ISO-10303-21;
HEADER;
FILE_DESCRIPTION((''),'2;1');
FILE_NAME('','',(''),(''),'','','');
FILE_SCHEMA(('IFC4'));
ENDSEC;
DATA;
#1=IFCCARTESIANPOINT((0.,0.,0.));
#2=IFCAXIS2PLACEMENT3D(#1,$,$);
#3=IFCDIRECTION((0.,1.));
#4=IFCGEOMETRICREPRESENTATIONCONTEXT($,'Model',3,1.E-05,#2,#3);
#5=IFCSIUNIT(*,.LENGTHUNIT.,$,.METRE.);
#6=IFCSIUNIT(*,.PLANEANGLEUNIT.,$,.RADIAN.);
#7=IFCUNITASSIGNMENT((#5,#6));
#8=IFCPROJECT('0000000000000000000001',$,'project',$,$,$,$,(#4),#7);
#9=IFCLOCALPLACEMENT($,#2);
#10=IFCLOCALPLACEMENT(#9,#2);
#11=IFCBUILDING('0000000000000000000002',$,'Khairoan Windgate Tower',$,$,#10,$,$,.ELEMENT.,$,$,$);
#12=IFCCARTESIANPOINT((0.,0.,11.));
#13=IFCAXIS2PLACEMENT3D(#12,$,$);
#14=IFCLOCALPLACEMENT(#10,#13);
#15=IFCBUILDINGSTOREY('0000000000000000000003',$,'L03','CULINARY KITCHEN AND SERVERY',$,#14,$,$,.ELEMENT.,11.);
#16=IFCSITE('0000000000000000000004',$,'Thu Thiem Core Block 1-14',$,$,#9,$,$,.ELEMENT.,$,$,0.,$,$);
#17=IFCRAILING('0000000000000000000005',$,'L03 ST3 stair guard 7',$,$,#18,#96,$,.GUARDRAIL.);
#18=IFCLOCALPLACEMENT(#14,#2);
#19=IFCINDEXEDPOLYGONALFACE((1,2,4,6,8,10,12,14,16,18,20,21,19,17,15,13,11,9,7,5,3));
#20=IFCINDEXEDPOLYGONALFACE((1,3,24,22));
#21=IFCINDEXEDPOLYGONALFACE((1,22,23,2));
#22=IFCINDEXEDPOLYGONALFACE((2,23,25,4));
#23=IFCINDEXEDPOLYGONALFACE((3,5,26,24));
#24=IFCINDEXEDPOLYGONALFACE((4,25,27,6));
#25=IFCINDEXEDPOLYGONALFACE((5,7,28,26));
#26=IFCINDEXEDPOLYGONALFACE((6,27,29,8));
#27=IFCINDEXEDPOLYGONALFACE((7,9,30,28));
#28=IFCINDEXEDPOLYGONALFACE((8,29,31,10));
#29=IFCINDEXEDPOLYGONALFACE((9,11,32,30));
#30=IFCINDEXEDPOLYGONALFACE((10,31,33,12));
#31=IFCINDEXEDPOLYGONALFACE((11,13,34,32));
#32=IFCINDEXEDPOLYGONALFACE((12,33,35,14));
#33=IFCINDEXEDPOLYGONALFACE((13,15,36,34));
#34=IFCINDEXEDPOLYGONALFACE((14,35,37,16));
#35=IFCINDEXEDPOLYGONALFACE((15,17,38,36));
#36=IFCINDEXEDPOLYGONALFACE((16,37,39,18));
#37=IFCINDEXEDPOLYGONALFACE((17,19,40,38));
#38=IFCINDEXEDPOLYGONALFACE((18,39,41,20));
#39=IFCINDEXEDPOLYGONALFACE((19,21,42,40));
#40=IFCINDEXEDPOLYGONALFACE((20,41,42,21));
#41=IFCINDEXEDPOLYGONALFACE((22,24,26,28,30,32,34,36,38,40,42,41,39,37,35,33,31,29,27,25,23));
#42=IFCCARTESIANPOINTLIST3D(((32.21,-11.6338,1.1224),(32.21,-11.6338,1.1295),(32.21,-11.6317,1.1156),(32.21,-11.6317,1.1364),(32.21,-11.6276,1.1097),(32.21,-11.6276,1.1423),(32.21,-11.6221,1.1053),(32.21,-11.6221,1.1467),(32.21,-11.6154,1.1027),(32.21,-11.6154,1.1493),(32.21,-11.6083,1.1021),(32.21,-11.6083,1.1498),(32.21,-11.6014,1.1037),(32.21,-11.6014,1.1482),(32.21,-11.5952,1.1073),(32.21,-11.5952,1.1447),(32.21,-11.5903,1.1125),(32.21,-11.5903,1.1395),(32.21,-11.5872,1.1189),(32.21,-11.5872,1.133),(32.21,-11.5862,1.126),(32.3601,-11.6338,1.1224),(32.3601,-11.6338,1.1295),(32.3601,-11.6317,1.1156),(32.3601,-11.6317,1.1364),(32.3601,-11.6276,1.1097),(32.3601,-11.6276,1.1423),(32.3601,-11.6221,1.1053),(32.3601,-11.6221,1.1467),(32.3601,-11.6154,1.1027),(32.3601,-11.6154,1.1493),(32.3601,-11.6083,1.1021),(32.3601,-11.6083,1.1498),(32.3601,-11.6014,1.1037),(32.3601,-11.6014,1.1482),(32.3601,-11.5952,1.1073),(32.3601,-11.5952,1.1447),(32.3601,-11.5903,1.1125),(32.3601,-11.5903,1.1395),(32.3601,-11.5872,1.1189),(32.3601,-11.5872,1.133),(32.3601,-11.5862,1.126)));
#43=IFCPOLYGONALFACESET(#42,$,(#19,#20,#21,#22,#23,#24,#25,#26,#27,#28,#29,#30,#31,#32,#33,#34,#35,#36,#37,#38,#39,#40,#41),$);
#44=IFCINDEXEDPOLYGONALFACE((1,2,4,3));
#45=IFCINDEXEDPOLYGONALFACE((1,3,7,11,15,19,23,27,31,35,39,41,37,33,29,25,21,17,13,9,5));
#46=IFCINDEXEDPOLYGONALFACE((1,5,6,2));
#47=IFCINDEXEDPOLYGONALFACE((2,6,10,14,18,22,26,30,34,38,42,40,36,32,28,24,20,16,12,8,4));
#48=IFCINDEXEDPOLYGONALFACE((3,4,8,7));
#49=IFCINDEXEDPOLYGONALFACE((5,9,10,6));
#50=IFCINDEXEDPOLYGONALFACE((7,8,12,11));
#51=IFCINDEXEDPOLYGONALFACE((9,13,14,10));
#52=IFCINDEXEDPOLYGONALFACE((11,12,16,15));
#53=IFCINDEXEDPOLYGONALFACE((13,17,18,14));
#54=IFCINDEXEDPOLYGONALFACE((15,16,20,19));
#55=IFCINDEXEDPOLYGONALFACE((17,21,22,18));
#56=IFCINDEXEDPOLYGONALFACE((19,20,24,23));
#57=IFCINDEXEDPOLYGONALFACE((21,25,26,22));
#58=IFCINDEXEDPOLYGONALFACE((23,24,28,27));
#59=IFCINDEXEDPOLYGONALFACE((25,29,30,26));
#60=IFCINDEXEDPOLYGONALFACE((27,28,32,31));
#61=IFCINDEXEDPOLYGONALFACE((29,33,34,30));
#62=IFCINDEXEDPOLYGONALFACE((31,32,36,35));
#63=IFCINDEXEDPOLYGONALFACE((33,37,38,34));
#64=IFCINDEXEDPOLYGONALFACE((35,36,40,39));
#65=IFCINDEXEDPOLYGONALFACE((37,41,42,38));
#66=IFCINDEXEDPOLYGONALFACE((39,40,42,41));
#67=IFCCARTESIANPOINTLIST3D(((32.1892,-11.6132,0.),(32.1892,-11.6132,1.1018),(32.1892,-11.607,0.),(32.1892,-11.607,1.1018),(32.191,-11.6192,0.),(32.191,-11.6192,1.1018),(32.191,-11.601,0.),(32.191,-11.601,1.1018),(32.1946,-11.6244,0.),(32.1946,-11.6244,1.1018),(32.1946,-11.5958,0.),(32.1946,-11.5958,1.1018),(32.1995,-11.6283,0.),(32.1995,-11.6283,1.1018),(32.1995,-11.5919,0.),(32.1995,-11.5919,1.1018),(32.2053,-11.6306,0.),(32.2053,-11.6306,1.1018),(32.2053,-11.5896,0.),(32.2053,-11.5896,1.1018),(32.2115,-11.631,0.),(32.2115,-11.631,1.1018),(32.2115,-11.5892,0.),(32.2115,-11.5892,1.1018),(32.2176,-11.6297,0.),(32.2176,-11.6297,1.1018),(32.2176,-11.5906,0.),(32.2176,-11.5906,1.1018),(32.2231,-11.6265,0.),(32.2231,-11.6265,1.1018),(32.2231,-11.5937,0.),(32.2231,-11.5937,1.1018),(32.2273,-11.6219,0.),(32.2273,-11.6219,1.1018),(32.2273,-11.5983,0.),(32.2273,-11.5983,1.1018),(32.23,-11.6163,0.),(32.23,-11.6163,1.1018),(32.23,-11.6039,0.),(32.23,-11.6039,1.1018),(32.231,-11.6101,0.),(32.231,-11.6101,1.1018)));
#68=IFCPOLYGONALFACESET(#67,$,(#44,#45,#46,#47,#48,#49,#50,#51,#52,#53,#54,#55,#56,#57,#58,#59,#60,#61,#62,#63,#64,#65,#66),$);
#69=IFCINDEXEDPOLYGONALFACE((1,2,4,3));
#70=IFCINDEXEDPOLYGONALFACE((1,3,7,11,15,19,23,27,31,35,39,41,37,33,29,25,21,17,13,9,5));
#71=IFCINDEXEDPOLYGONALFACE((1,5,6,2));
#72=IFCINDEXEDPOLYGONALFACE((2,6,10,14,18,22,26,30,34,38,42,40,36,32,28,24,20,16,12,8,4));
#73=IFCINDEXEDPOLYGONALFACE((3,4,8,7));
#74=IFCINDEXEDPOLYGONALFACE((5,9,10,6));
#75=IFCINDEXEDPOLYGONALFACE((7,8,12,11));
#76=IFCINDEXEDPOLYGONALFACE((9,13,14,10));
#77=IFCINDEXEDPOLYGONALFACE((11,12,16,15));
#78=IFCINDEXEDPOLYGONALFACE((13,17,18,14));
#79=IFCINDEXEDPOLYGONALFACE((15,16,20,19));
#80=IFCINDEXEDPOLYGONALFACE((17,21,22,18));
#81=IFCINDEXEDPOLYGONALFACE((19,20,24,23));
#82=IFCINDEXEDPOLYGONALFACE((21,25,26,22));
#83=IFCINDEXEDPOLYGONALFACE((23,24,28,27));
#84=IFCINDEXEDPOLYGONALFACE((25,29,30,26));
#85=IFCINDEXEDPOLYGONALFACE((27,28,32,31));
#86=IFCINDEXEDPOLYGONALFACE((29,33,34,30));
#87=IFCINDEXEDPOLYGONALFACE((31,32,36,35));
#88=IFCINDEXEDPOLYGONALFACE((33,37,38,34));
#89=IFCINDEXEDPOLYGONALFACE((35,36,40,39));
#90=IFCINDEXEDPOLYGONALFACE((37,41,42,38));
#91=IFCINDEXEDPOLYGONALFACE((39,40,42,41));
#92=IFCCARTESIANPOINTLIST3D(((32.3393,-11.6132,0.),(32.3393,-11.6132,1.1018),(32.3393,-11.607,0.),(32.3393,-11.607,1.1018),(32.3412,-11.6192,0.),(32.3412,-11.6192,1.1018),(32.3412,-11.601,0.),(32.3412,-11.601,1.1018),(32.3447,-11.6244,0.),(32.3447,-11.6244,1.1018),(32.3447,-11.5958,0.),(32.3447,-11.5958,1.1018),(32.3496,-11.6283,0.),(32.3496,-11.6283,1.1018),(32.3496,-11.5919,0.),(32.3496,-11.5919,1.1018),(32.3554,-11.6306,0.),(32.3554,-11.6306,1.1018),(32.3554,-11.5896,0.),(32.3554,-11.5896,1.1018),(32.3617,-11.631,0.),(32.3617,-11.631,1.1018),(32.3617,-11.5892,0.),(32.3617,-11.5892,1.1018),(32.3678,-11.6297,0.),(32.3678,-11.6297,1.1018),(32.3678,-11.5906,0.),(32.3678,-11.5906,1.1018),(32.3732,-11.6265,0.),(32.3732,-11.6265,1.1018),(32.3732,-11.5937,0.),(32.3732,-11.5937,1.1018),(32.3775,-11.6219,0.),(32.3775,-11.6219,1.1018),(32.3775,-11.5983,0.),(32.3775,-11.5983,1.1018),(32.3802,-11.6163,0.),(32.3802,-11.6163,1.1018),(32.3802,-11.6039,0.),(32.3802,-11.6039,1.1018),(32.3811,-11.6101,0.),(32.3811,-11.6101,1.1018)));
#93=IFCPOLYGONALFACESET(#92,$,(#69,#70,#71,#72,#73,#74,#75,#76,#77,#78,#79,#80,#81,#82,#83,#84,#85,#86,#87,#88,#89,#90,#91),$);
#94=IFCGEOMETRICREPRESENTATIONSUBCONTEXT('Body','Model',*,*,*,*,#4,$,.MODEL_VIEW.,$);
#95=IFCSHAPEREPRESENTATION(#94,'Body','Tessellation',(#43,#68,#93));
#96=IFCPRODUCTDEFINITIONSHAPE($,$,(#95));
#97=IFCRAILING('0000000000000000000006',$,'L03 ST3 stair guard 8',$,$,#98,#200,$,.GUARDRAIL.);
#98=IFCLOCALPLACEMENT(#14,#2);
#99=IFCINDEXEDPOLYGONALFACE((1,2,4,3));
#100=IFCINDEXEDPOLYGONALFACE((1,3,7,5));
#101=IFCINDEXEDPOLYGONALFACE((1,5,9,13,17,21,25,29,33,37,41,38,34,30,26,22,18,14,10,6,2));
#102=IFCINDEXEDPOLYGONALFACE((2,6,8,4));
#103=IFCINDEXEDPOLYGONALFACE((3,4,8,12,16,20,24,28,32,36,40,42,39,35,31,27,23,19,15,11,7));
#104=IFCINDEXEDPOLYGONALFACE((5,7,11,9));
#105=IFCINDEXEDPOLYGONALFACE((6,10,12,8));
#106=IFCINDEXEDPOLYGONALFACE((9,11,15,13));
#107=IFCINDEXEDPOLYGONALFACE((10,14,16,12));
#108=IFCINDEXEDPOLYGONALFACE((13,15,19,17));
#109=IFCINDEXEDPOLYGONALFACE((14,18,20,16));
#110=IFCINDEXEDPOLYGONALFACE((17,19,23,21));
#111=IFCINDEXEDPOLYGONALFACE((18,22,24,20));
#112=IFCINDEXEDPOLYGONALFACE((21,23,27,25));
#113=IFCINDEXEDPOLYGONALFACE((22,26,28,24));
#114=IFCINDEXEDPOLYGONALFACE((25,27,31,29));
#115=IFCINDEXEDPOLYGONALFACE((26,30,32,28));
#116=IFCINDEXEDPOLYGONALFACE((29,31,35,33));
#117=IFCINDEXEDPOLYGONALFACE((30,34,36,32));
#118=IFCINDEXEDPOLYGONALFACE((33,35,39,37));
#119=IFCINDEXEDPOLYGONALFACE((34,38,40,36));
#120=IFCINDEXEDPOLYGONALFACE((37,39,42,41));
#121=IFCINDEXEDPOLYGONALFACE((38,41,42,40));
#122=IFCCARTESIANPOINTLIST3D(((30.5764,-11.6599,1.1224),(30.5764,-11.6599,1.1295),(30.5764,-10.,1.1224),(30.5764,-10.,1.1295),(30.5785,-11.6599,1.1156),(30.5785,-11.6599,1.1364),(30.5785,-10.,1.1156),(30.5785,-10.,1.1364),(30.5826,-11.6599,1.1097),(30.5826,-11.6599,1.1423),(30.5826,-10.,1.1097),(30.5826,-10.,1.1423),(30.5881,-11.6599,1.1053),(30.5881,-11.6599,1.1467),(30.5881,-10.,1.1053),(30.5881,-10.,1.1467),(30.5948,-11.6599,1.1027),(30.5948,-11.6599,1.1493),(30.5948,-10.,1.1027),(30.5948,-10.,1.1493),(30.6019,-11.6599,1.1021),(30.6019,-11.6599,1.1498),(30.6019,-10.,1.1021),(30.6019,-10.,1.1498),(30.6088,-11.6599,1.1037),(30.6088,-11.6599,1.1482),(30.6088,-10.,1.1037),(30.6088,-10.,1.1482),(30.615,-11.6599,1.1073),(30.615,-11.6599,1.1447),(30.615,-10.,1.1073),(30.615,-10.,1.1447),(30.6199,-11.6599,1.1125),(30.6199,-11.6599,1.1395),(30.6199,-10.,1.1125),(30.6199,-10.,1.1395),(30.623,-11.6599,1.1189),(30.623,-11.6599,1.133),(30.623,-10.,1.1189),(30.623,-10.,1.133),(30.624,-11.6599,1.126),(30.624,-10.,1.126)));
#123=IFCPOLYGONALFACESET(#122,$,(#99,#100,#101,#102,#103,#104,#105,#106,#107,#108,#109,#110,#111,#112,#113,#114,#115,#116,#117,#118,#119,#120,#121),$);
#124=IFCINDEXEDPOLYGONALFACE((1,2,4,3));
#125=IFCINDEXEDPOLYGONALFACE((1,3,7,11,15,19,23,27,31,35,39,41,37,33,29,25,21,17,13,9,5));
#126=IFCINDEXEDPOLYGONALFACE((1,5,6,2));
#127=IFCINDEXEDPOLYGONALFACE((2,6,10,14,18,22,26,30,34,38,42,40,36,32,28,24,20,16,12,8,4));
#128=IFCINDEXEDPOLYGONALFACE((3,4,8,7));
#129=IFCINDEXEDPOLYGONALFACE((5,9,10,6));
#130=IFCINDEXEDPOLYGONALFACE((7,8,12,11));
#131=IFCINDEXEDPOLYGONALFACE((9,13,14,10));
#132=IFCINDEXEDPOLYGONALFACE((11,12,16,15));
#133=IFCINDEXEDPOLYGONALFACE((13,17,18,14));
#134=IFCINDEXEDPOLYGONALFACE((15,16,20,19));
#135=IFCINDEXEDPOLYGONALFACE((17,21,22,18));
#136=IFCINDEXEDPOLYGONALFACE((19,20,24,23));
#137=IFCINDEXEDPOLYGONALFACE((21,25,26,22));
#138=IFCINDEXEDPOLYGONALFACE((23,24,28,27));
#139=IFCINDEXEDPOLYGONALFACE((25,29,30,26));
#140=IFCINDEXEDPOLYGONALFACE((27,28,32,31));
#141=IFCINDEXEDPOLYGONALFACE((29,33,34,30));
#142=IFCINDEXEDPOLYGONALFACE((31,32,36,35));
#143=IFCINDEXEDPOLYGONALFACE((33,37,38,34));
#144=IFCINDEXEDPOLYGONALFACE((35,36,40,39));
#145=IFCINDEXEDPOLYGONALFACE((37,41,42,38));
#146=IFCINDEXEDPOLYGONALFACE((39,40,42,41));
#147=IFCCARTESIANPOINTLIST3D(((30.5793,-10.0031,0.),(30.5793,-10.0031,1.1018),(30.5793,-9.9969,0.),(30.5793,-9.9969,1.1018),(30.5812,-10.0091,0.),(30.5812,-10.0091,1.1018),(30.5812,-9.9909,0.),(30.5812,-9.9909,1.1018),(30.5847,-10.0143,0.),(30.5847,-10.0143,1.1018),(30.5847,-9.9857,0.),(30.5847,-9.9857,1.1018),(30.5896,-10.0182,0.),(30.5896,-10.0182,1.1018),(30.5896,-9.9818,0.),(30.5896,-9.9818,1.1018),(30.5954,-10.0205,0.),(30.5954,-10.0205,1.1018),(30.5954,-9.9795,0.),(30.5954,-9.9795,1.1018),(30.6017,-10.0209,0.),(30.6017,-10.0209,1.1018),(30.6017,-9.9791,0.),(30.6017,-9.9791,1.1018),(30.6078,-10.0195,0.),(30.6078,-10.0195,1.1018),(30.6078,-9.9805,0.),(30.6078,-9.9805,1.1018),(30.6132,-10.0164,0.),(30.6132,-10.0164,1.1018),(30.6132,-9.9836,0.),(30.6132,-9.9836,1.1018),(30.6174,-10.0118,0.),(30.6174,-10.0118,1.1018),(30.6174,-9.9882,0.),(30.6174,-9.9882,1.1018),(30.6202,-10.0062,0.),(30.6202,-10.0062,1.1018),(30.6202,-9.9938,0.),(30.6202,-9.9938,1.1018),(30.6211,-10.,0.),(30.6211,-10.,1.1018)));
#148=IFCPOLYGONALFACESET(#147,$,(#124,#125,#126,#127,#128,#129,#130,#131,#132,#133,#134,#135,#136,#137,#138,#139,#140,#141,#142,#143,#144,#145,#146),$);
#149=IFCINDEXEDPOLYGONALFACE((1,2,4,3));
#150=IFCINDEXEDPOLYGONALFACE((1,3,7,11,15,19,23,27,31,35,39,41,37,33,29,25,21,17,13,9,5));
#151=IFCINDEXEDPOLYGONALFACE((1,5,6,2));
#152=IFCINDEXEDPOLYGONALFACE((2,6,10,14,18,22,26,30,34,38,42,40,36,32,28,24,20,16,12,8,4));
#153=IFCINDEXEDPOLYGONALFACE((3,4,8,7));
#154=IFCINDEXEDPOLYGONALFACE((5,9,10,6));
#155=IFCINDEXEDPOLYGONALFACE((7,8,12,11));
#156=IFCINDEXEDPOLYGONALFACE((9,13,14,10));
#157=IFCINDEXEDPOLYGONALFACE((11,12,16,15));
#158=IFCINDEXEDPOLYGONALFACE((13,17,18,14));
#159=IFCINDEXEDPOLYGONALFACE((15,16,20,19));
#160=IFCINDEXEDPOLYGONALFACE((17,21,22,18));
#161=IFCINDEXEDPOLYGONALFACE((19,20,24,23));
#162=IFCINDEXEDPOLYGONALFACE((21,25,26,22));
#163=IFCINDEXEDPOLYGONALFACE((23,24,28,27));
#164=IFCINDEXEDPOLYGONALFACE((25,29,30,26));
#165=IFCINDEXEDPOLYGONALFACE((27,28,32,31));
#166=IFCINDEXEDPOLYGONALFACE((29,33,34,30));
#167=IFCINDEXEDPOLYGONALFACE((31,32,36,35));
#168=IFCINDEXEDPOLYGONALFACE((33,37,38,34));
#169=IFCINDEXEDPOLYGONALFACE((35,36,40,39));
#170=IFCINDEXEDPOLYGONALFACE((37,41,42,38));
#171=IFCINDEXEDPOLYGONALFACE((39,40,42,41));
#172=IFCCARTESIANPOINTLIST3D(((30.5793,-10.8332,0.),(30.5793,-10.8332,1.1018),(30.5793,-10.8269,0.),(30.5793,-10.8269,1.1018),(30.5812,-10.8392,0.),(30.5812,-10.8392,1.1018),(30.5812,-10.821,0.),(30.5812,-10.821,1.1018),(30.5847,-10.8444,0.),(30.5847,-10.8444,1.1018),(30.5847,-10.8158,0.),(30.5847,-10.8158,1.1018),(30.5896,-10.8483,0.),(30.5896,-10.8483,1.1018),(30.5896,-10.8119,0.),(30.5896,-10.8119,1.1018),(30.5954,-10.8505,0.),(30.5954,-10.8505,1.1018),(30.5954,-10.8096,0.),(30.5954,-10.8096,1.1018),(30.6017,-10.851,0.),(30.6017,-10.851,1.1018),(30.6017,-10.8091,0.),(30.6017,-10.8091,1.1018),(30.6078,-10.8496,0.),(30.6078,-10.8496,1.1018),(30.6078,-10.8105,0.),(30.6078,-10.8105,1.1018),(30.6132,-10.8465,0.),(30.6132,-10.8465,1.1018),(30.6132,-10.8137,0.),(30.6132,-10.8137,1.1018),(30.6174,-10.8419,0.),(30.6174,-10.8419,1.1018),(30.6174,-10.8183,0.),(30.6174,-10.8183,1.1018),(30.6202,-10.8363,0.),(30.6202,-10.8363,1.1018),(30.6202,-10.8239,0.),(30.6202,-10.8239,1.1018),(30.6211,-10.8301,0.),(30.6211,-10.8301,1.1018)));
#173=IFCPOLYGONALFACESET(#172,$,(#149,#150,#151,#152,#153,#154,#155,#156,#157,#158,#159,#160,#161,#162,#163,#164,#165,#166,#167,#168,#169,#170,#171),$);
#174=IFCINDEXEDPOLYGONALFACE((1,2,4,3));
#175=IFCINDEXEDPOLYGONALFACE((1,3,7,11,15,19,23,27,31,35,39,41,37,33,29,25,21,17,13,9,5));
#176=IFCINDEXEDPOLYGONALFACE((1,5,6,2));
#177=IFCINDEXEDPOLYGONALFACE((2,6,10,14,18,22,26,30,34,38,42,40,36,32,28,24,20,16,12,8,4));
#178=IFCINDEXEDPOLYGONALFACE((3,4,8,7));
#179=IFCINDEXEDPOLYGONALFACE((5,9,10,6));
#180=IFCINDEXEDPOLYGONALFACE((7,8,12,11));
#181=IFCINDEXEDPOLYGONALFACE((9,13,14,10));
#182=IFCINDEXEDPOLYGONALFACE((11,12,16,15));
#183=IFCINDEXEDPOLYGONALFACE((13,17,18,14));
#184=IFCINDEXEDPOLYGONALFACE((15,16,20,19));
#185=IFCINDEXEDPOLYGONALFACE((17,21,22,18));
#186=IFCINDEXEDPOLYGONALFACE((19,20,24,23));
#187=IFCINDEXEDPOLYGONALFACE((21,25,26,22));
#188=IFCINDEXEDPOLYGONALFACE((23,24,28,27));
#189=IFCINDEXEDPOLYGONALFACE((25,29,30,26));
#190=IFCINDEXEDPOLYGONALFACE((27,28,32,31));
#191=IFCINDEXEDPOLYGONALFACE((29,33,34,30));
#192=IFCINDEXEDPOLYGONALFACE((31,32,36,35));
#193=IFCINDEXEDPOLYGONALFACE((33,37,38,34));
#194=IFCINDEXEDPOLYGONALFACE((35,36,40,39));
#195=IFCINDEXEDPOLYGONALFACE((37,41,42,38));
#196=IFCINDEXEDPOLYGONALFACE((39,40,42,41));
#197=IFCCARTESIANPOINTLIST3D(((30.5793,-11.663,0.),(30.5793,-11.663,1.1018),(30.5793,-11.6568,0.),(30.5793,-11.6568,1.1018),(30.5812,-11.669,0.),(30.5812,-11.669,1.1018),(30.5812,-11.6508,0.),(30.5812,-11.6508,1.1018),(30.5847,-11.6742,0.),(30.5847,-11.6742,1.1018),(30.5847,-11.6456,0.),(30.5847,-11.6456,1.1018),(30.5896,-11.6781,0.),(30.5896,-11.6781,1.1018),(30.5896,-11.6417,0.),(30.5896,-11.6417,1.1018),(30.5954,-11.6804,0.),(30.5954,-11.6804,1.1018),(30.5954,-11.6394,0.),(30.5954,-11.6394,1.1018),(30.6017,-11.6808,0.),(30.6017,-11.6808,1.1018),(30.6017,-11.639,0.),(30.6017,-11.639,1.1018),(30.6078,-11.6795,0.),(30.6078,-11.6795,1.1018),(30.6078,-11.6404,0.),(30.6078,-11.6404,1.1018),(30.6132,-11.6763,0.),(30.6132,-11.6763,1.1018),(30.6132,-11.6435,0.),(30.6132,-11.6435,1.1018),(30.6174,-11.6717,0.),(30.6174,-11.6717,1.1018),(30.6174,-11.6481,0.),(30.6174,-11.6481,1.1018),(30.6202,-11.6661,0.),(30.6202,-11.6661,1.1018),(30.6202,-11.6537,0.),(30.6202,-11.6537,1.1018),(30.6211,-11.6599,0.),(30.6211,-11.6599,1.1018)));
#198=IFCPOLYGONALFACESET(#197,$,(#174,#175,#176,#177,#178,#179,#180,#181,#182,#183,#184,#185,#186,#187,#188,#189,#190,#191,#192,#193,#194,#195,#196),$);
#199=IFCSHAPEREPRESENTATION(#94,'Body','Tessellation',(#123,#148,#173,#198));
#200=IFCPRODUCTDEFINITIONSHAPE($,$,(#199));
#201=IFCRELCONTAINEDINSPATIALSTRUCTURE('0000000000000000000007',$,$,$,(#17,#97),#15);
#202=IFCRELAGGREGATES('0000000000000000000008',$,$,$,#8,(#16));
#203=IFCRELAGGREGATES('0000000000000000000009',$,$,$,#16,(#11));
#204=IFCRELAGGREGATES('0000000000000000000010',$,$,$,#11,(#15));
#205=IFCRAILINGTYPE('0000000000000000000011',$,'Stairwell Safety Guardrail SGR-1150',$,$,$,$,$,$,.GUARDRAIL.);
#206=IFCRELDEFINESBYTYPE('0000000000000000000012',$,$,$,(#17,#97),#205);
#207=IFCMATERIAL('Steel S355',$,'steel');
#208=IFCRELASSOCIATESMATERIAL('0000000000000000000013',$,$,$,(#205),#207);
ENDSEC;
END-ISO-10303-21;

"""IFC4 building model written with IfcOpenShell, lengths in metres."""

from ifc_helpers import new_model, si_unit, direction, frame, origin, origin_2d, place, context, subcontext, project, spatial, circle, extrude, material, type_object, element, save


model = new_model("IFC4")

# Units and contexts
model_context = context("Model", 3, precision=1e-05, world=origin(), true_north=direction((0.0, 1.0)))
body_context = subcontext(model_context, "Body", "Model", "MODEL_VIEW")
ifc_project = project(units=[si_unit("LENGTHUNIT", "METRE"), si_unit("PLANEANGLEUNIT", "RADIAN")], contexts=[model_context])

# Site, building, storey
site_placement = place(None, origin())
site = spatial("IfcSite", under=ifc_project, at=site_placement, Name="Thu Thiem Core Block 1-14", CompositionType="ELEMENT", RefElevation=0.0)
building_placement = place(site_placement, origin())
building = spatial("IfcBuilding", under=site, at=building_placement, Name="Khairoan Windgate Tower", CompositionType="ELEMENT")
storey_placement = place(building_placement, frame((0.0, 0.0, 11.0)))
storey = spatial("IfcBuildingStorey", under=building, at=storey_placement, Name="L03", Description="CULINARY KITCHEN AND SERVERY", CompositionType="ELEMENT", Elevation=11.0)

# Railings
ifc_material_1 = material(Name="Steel S355", Category="steel")
railing_type_1 = type_object("IfcRailingType", Name="Stairwell Safety Guardrail SGR-1150", PredefinedType="GUARDRAIL", material=ifc_material_1)
railing_1_placement = place(storey_placement, frame((32.21, -11.6101, 0.0)))
element("IfcRailing", 1, at=railing_1_placement, inside=storey, type_object=railing_type_1, Name="L03 ST3 stair guard 7", PredefinedType="GUARDRAIL", context=body_context, shape_type="SweptSolid", body=[
    extrude(circle(Radius=0.0239, at=origin_2d()), frame((0.0, 0.0, 1.126), z_axis=(1.0, 0.0, 0.0), x_axis=(0.0, 1.0, 0.0)), (0.0, 0.0, 1.0), 0.1501),
    extrude(circle(Radius=0.021, at=origin_2d()), origin(), (0.0, 0.0, 1.0), 1.1018),
    extrude(circle(Radius=0.021, at=origin_2d()), frame((0.1501, 0.0, 0.0)), (0.0, 0.0, 1.0), 1.1018),
])
for number, where, name in (
    (2, (30.6001, -10.0, 0.0), "L03 ST3 stair guard 8"),
):
    element("IfcRailing", number, at=place(storey_placement, frame(where)), inside=storey, type_object=railing_type_1, Name=name, PredefinedType="GUARDRAIL", context=body_context, shape_type="SweptSolid", body=[
        extrude(circle(Radius=0.0239, at=origin_2d()), frame((0.0, 0.0, 1.126), z_axis=(0.0, -1.0, 0.0), x_axis=(1.0, 0.0, 0.0)), (0.0, 0.0, 1.0), 1.6599),
        extrude(circle(Radius=0.021, at=origin_2d()), origin(), (0.0, 0.0, 1.0), 1.1018),
        extrude(circle(Radius=0.021, at=origin_2d()), frame((0.0, -0.8301, 0.0)), (0.0, 0.0, 1.0), 1.1018),
        extrude(circle(Radius=0.021, at=origin_2d()), frame((0.0, -1.6599, 0.0)), (0.0, 0.0, 1.0), 1.1018),
    ])

save(model, "model.ifc")
